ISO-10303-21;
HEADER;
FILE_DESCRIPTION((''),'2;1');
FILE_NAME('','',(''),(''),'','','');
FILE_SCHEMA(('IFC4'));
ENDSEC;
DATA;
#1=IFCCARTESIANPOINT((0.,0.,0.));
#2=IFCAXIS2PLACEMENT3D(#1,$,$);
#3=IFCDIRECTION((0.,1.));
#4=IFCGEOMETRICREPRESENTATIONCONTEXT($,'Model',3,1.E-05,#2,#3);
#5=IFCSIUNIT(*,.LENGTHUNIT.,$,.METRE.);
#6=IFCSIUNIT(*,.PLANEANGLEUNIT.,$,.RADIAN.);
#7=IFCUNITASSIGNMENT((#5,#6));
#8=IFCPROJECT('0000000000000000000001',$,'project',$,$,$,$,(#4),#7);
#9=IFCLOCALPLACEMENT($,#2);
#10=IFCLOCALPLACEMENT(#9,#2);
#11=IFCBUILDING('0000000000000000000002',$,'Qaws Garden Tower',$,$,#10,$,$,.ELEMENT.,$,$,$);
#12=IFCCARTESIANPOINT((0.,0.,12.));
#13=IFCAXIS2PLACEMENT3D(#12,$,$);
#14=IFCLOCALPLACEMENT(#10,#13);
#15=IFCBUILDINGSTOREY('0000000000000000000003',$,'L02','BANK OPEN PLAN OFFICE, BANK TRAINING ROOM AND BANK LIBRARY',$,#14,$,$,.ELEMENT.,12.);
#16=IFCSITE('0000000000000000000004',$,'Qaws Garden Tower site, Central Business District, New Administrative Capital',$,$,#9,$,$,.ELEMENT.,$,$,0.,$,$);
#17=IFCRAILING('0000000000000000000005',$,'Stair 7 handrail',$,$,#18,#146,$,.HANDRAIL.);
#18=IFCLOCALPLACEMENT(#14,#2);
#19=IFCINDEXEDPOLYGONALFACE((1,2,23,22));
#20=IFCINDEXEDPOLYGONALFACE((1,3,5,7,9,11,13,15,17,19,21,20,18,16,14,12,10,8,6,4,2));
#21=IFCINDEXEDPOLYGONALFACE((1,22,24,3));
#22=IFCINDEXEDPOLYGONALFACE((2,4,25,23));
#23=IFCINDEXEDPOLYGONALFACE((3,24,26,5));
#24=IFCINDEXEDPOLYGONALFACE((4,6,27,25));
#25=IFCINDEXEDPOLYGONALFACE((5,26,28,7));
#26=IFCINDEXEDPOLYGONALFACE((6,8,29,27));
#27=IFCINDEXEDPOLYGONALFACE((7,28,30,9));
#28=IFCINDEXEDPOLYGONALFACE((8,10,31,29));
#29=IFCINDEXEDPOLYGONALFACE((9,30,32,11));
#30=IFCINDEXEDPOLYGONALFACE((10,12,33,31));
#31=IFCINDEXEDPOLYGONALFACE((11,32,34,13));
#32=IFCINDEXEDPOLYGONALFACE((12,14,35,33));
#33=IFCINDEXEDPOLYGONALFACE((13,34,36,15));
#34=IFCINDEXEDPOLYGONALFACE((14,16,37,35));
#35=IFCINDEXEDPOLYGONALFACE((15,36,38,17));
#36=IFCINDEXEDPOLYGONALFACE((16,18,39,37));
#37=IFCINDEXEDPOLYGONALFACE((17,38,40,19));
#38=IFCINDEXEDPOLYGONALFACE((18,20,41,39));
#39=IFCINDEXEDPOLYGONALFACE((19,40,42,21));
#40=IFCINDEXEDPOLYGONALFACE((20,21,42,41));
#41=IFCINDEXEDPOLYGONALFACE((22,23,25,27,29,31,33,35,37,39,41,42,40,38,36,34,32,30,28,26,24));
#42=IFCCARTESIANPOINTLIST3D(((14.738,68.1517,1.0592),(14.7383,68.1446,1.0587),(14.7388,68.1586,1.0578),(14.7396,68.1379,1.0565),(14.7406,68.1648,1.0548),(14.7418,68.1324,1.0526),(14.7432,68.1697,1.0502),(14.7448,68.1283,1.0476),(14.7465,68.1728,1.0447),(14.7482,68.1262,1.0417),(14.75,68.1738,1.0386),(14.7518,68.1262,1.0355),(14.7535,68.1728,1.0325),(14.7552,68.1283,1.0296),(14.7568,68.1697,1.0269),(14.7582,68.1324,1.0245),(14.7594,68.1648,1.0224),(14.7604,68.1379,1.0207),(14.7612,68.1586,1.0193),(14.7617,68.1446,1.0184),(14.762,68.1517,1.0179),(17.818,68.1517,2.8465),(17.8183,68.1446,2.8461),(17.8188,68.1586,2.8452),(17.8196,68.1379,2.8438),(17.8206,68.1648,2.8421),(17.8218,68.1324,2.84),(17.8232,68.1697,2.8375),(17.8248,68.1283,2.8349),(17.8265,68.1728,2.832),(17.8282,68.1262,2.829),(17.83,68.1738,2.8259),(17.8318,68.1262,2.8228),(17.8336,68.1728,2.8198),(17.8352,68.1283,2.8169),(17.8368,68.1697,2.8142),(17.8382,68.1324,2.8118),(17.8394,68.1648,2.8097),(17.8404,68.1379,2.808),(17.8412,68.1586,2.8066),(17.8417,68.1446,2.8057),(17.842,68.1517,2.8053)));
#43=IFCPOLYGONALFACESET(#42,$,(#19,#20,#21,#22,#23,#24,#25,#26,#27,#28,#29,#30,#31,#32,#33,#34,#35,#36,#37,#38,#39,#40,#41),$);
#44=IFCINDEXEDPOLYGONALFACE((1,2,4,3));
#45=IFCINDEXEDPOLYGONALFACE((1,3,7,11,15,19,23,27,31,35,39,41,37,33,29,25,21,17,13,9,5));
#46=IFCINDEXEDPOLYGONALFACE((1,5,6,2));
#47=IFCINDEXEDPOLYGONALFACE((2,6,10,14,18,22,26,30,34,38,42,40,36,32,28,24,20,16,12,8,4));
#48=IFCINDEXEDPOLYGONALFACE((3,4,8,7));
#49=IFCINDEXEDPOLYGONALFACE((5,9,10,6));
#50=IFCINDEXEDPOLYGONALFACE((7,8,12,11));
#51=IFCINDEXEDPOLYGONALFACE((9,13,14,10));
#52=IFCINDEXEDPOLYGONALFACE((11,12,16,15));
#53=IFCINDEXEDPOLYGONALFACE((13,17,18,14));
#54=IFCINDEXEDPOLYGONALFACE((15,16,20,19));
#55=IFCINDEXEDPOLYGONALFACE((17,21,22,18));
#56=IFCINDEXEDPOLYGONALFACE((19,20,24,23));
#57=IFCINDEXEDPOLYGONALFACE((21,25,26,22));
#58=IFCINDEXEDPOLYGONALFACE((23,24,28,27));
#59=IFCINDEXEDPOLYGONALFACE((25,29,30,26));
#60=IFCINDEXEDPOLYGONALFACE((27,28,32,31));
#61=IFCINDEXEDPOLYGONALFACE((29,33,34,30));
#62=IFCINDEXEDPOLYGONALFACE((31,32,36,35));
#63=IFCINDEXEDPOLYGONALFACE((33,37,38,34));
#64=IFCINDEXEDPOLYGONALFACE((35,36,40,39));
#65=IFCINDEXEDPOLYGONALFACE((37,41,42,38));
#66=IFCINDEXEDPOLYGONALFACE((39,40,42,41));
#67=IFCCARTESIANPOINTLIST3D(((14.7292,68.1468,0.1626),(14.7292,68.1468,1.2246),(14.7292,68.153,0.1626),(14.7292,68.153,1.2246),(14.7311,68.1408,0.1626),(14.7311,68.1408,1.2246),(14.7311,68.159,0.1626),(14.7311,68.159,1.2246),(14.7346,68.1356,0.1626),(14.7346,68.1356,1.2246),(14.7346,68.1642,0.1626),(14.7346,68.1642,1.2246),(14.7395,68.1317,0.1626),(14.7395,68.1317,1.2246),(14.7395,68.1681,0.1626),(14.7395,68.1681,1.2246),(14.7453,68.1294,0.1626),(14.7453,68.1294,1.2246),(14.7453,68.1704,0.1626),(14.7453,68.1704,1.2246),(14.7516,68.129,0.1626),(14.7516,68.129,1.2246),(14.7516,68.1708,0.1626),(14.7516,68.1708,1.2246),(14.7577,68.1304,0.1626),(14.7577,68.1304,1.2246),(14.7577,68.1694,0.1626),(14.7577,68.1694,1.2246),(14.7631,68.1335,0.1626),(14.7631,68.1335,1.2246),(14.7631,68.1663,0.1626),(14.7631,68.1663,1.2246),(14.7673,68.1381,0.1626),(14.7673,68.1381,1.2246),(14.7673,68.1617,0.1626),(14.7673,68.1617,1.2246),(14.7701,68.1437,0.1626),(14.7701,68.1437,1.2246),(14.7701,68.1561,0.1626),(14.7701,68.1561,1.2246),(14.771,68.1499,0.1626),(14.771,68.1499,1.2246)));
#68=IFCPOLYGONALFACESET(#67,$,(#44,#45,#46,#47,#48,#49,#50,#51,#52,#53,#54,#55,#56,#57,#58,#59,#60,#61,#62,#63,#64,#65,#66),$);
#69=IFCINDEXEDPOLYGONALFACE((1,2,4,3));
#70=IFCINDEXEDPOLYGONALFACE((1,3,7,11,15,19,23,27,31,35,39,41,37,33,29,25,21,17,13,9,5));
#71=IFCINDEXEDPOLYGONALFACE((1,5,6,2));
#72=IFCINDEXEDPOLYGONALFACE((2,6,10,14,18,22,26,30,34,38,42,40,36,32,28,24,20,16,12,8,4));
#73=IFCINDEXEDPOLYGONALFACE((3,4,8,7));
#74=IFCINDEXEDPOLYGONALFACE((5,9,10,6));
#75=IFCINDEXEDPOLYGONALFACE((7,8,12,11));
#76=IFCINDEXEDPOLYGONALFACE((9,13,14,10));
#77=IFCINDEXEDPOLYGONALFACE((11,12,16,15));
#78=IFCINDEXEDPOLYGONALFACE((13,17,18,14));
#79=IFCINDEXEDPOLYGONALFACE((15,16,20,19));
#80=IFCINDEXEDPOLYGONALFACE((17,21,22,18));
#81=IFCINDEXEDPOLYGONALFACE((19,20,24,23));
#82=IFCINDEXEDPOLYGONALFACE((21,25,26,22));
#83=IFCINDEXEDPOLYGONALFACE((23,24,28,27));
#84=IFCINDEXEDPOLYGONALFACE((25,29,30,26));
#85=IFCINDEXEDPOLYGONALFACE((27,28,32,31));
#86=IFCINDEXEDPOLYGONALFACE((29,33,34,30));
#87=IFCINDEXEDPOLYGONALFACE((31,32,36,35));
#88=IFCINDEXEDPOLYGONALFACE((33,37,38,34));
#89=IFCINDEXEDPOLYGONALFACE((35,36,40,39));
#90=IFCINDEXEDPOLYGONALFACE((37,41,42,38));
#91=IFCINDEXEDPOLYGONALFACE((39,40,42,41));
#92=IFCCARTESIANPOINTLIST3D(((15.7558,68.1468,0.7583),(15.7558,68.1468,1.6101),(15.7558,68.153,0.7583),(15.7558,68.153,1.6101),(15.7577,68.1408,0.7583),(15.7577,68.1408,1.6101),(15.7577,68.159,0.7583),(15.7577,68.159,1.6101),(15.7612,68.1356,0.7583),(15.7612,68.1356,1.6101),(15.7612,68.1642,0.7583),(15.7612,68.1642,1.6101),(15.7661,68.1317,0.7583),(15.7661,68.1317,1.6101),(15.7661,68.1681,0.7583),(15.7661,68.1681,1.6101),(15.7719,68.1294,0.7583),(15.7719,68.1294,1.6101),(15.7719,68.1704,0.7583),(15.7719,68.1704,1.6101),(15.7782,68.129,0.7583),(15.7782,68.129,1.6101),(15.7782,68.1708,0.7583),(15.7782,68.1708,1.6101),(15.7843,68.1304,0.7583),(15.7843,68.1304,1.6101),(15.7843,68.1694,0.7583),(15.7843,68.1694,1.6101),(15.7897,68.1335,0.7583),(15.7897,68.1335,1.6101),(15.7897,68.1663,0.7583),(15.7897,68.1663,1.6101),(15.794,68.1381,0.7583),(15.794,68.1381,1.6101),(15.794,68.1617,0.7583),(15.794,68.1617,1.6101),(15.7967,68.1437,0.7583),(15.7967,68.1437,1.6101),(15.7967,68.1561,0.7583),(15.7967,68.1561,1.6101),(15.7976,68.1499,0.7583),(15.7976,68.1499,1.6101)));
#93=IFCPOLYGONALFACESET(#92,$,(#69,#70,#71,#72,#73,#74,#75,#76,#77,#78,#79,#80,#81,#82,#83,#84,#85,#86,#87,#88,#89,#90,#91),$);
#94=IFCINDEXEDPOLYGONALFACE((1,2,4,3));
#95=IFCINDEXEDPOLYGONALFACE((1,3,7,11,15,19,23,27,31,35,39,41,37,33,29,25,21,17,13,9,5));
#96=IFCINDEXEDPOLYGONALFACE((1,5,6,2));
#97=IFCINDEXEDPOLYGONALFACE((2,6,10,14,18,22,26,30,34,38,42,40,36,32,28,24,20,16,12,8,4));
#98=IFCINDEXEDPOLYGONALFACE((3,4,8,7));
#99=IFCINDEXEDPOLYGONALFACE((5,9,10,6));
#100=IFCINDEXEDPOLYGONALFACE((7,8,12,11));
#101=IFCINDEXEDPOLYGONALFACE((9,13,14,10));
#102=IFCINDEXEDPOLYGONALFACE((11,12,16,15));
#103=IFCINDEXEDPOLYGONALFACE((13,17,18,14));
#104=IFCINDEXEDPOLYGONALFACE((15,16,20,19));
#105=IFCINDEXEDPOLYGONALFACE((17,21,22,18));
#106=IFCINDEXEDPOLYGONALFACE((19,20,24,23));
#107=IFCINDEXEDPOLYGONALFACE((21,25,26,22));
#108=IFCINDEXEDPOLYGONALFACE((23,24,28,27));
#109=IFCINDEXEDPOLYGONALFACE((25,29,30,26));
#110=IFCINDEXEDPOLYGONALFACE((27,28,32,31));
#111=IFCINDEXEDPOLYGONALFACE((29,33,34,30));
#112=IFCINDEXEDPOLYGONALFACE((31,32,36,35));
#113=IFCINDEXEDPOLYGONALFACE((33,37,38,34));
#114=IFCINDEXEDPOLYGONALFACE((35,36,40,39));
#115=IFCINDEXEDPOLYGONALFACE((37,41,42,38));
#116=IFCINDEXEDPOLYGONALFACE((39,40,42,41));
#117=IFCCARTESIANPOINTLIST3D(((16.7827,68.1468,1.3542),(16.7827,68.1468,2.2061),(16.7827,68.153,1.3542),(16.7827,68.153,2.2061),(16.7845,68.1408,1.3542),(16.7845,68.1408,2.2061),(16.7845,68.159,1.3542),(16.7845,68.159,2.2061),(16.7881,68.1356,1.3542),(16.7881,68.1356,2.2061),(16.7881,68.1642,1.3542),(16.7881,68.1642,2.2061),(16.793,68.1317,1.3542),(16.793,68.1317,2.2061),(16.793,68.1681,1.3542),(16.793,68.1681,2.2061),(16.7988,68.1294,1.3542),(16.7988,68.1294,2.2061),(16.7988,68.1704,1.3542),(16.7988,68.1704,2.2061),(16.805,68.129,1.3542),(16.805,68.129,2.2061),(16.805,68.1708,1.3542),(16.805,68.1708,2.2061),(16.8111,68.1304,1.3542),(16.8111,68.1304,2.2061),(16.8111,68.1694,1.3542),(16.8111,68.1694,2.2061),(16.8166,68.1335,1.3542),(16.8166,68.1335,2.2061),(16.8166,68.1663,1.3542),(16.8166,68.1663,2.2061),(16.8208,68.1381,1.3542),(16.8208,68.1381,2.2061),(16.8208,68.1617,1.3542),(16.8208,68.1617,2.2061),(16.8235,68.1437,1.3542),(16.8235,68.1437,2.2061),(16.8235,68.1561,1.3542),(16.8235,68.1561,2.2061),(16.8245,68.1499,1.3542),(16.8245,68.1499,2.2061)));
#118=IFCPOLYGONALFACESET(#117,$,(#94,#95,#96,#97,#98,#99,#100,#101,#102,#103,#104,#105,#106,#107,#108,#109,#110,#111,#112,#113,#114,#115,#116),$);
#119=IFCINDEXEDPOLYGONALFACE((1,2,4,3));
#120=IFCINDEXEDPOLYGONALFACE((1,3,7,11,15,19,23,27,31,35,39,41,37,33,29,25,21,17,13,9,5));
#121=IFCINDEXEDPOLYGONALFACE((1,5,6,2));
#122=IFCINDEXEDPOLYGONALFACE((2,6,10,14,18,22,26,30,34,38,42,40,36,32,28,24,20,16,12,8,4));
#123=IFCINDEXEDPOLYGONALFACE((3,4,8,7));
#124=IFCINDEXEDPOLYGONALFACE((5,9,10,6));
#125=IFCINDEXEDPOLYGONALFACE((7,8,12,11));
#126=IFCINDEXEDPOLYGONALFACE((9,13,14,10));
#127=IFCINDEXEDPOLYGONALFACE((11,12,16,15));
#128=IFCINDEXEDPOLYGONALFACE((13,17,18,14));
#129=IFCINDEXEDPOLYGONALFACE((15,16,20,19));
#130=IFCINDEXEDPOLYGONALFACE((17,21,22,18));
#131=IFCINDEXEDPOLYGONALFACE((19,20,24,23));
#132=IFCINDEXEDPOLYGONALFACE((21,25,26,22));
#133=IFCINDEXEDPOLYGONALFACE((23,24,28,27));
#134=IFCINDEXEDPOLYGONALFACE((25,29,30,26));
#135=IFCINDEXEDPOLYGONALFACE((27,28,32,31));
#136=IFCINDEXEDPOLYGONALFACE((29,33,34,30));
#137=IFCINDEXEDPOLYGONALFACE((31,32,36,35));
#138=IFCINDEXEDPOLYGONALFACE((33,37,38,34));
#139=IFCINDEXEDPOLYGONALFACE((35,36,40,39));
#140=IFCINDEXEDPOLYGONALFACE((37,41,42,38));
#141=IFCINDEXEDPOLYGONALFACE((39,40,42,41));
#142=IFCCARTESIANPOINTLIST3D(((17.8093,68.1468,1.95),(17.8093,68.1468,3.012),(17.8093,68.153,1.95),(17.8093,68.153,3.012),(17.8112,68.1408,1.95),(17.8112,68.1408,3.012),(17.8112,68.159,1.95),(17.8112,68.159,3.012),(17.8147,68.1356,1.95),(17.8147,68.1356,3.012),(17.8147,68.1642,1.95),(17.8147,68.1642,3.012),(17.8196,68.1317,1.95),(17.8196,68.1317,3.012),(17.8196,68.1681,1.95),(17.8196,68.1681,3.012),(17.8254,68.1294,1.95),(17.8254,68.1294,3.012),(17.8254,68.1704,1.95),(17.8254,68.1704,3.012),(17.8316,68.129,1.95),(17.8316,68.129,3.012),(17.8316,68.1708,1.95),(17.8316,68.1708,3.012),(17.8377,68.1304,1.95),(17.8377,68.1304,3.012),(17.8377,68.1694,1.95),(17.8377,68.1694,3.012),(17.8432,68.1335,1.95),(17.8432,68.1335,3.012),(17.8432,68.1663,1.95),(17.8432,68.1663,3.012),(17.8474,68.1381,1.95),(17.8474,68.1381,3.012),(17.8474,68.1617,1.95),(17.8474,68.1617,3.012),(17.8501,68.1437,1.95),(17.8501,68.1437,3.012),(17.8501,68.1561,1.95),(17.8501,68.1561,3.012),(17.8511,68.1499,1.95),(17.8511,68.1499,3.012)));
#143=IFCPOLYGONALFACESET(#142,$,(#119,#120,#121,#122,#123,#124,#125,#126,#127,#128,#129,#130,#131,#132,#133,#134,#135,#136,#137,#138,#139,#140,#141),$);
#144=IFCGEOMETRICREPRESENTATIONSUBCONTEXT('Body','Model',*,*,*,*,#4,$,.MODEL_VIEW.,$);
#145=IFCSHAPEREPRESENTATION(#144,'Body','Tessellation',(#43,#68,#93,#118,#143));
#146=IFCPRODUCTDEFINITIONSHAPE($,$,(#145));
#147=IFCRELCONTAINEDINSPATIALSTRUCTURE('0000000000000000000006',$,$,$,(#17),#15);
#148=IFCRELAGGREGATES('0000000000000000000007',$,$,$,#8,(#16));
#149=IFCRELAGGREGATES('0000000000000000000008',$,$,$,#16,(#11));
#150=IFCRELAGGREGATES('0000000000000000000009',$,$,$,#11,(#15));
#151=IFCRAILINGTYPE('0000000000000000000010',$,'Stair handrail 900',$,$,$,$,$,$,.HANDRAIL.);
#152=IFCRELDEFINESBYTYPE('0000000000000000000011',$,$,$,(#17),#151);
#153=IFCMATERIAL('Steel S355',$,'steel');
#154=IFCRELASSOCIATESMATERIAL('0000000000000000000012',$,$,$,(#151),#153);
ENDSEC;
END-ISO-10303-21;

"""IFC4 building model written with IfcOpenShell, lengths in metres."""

from ifc_helpers import new_model, si_unit, direction, frame, origin, origin_2d, place, context, subcontext, project, spatial, circle, extrude, material, type_object, element, save


model = new_model("IFC4")

# Units and contexts
model_context = context("Model", 3, precision=1e-05, world=origin(), true_north=direction((0.0, 1.0)))
body_context = subcontext(model_context, "Body", "Model", "MODEL_VIEW")
ifc_project = project(units=[si_unit("LENGTHUNIT", "METRE"), si_unit("PLANEANGLEUNIT", "RADIAN")], contexts=[model_context])

# Site, building, storey
site_placement = place(None, origin())
site = spatial("IfcSite", under=ifc_project, at=site_placement, Name="Qaws Garden Tower site, Central Business District, New Administrative Capital", CompositionType="ELEMENT", RefElevation=0.0)
building_placement = place(site_placement, origin())
building = spatial("IfcBuilding", under=site, at=building_placement, Name="Qaws Garden Tower", CompositionType="ELEMENT")
storey_placement = place(building_placement, frame((0.0, 0.0, 12.0)))
storey = spatial("IfcBuildingStorey", under=building, at=storey_placement, Name="L02", Description="BANK OPEN PLAN OFFICE, BANK TRAINING ROOM AND BANK LIBRARY", CompositionType="ELEMENT", Elevation=12.0)

# Railing
ifc_material_1 = material(Name="Steel S355", Category="steel")
railing_type = type_object("IfcRailingType", Name="Stair handrail 900", PredefinedType="HANDRAIL", material=ifc_material_1)
railing_1_placement = place(storey_placement, frame((14.75, 68.1499, 0.1626)))
element("IfcRailing", 1, at=railing_1_placement, inside=storey, type_object=railing_type, Name="Stair 7 handrail", PredefinedType="HANDRAIL", context=body_context, shape_type="SweptSolid", body=[
    extrude(circle(Radius=0.0239, at=origin_2d()), frame((0.0, 0.0, 0.876), z_axis=(0.86492, 0.0, 0.501909), x_axis=(0.0, 1.0, 0.0)), (0.0, 0.0, 1.0), 3.561),
    extrude(circle(Radius=0.021, at=origin_2d()), origin(), (0.0, 0.0, 1.0), 1.062),
    extrude(circle(Radius=0.021, at=origin_2d()), frame((1.0266, 0.0, 0.5957)), (0.0, 0.0, 1.0), 0.8518),
    extrude(circle(Radius=0.021, at=origin_2d()), frame((2.0535, 0.0, 1.1917)), (0.0, 0.0, 1.0), 0.8518),
    extrude(circle(Radius=0.021, at=origin_2d()), frame((3.0801, 0.0, 1.7874)), (0.0, 0.0, 1.0), 1.062),
])

save(model, "model.ifc")
